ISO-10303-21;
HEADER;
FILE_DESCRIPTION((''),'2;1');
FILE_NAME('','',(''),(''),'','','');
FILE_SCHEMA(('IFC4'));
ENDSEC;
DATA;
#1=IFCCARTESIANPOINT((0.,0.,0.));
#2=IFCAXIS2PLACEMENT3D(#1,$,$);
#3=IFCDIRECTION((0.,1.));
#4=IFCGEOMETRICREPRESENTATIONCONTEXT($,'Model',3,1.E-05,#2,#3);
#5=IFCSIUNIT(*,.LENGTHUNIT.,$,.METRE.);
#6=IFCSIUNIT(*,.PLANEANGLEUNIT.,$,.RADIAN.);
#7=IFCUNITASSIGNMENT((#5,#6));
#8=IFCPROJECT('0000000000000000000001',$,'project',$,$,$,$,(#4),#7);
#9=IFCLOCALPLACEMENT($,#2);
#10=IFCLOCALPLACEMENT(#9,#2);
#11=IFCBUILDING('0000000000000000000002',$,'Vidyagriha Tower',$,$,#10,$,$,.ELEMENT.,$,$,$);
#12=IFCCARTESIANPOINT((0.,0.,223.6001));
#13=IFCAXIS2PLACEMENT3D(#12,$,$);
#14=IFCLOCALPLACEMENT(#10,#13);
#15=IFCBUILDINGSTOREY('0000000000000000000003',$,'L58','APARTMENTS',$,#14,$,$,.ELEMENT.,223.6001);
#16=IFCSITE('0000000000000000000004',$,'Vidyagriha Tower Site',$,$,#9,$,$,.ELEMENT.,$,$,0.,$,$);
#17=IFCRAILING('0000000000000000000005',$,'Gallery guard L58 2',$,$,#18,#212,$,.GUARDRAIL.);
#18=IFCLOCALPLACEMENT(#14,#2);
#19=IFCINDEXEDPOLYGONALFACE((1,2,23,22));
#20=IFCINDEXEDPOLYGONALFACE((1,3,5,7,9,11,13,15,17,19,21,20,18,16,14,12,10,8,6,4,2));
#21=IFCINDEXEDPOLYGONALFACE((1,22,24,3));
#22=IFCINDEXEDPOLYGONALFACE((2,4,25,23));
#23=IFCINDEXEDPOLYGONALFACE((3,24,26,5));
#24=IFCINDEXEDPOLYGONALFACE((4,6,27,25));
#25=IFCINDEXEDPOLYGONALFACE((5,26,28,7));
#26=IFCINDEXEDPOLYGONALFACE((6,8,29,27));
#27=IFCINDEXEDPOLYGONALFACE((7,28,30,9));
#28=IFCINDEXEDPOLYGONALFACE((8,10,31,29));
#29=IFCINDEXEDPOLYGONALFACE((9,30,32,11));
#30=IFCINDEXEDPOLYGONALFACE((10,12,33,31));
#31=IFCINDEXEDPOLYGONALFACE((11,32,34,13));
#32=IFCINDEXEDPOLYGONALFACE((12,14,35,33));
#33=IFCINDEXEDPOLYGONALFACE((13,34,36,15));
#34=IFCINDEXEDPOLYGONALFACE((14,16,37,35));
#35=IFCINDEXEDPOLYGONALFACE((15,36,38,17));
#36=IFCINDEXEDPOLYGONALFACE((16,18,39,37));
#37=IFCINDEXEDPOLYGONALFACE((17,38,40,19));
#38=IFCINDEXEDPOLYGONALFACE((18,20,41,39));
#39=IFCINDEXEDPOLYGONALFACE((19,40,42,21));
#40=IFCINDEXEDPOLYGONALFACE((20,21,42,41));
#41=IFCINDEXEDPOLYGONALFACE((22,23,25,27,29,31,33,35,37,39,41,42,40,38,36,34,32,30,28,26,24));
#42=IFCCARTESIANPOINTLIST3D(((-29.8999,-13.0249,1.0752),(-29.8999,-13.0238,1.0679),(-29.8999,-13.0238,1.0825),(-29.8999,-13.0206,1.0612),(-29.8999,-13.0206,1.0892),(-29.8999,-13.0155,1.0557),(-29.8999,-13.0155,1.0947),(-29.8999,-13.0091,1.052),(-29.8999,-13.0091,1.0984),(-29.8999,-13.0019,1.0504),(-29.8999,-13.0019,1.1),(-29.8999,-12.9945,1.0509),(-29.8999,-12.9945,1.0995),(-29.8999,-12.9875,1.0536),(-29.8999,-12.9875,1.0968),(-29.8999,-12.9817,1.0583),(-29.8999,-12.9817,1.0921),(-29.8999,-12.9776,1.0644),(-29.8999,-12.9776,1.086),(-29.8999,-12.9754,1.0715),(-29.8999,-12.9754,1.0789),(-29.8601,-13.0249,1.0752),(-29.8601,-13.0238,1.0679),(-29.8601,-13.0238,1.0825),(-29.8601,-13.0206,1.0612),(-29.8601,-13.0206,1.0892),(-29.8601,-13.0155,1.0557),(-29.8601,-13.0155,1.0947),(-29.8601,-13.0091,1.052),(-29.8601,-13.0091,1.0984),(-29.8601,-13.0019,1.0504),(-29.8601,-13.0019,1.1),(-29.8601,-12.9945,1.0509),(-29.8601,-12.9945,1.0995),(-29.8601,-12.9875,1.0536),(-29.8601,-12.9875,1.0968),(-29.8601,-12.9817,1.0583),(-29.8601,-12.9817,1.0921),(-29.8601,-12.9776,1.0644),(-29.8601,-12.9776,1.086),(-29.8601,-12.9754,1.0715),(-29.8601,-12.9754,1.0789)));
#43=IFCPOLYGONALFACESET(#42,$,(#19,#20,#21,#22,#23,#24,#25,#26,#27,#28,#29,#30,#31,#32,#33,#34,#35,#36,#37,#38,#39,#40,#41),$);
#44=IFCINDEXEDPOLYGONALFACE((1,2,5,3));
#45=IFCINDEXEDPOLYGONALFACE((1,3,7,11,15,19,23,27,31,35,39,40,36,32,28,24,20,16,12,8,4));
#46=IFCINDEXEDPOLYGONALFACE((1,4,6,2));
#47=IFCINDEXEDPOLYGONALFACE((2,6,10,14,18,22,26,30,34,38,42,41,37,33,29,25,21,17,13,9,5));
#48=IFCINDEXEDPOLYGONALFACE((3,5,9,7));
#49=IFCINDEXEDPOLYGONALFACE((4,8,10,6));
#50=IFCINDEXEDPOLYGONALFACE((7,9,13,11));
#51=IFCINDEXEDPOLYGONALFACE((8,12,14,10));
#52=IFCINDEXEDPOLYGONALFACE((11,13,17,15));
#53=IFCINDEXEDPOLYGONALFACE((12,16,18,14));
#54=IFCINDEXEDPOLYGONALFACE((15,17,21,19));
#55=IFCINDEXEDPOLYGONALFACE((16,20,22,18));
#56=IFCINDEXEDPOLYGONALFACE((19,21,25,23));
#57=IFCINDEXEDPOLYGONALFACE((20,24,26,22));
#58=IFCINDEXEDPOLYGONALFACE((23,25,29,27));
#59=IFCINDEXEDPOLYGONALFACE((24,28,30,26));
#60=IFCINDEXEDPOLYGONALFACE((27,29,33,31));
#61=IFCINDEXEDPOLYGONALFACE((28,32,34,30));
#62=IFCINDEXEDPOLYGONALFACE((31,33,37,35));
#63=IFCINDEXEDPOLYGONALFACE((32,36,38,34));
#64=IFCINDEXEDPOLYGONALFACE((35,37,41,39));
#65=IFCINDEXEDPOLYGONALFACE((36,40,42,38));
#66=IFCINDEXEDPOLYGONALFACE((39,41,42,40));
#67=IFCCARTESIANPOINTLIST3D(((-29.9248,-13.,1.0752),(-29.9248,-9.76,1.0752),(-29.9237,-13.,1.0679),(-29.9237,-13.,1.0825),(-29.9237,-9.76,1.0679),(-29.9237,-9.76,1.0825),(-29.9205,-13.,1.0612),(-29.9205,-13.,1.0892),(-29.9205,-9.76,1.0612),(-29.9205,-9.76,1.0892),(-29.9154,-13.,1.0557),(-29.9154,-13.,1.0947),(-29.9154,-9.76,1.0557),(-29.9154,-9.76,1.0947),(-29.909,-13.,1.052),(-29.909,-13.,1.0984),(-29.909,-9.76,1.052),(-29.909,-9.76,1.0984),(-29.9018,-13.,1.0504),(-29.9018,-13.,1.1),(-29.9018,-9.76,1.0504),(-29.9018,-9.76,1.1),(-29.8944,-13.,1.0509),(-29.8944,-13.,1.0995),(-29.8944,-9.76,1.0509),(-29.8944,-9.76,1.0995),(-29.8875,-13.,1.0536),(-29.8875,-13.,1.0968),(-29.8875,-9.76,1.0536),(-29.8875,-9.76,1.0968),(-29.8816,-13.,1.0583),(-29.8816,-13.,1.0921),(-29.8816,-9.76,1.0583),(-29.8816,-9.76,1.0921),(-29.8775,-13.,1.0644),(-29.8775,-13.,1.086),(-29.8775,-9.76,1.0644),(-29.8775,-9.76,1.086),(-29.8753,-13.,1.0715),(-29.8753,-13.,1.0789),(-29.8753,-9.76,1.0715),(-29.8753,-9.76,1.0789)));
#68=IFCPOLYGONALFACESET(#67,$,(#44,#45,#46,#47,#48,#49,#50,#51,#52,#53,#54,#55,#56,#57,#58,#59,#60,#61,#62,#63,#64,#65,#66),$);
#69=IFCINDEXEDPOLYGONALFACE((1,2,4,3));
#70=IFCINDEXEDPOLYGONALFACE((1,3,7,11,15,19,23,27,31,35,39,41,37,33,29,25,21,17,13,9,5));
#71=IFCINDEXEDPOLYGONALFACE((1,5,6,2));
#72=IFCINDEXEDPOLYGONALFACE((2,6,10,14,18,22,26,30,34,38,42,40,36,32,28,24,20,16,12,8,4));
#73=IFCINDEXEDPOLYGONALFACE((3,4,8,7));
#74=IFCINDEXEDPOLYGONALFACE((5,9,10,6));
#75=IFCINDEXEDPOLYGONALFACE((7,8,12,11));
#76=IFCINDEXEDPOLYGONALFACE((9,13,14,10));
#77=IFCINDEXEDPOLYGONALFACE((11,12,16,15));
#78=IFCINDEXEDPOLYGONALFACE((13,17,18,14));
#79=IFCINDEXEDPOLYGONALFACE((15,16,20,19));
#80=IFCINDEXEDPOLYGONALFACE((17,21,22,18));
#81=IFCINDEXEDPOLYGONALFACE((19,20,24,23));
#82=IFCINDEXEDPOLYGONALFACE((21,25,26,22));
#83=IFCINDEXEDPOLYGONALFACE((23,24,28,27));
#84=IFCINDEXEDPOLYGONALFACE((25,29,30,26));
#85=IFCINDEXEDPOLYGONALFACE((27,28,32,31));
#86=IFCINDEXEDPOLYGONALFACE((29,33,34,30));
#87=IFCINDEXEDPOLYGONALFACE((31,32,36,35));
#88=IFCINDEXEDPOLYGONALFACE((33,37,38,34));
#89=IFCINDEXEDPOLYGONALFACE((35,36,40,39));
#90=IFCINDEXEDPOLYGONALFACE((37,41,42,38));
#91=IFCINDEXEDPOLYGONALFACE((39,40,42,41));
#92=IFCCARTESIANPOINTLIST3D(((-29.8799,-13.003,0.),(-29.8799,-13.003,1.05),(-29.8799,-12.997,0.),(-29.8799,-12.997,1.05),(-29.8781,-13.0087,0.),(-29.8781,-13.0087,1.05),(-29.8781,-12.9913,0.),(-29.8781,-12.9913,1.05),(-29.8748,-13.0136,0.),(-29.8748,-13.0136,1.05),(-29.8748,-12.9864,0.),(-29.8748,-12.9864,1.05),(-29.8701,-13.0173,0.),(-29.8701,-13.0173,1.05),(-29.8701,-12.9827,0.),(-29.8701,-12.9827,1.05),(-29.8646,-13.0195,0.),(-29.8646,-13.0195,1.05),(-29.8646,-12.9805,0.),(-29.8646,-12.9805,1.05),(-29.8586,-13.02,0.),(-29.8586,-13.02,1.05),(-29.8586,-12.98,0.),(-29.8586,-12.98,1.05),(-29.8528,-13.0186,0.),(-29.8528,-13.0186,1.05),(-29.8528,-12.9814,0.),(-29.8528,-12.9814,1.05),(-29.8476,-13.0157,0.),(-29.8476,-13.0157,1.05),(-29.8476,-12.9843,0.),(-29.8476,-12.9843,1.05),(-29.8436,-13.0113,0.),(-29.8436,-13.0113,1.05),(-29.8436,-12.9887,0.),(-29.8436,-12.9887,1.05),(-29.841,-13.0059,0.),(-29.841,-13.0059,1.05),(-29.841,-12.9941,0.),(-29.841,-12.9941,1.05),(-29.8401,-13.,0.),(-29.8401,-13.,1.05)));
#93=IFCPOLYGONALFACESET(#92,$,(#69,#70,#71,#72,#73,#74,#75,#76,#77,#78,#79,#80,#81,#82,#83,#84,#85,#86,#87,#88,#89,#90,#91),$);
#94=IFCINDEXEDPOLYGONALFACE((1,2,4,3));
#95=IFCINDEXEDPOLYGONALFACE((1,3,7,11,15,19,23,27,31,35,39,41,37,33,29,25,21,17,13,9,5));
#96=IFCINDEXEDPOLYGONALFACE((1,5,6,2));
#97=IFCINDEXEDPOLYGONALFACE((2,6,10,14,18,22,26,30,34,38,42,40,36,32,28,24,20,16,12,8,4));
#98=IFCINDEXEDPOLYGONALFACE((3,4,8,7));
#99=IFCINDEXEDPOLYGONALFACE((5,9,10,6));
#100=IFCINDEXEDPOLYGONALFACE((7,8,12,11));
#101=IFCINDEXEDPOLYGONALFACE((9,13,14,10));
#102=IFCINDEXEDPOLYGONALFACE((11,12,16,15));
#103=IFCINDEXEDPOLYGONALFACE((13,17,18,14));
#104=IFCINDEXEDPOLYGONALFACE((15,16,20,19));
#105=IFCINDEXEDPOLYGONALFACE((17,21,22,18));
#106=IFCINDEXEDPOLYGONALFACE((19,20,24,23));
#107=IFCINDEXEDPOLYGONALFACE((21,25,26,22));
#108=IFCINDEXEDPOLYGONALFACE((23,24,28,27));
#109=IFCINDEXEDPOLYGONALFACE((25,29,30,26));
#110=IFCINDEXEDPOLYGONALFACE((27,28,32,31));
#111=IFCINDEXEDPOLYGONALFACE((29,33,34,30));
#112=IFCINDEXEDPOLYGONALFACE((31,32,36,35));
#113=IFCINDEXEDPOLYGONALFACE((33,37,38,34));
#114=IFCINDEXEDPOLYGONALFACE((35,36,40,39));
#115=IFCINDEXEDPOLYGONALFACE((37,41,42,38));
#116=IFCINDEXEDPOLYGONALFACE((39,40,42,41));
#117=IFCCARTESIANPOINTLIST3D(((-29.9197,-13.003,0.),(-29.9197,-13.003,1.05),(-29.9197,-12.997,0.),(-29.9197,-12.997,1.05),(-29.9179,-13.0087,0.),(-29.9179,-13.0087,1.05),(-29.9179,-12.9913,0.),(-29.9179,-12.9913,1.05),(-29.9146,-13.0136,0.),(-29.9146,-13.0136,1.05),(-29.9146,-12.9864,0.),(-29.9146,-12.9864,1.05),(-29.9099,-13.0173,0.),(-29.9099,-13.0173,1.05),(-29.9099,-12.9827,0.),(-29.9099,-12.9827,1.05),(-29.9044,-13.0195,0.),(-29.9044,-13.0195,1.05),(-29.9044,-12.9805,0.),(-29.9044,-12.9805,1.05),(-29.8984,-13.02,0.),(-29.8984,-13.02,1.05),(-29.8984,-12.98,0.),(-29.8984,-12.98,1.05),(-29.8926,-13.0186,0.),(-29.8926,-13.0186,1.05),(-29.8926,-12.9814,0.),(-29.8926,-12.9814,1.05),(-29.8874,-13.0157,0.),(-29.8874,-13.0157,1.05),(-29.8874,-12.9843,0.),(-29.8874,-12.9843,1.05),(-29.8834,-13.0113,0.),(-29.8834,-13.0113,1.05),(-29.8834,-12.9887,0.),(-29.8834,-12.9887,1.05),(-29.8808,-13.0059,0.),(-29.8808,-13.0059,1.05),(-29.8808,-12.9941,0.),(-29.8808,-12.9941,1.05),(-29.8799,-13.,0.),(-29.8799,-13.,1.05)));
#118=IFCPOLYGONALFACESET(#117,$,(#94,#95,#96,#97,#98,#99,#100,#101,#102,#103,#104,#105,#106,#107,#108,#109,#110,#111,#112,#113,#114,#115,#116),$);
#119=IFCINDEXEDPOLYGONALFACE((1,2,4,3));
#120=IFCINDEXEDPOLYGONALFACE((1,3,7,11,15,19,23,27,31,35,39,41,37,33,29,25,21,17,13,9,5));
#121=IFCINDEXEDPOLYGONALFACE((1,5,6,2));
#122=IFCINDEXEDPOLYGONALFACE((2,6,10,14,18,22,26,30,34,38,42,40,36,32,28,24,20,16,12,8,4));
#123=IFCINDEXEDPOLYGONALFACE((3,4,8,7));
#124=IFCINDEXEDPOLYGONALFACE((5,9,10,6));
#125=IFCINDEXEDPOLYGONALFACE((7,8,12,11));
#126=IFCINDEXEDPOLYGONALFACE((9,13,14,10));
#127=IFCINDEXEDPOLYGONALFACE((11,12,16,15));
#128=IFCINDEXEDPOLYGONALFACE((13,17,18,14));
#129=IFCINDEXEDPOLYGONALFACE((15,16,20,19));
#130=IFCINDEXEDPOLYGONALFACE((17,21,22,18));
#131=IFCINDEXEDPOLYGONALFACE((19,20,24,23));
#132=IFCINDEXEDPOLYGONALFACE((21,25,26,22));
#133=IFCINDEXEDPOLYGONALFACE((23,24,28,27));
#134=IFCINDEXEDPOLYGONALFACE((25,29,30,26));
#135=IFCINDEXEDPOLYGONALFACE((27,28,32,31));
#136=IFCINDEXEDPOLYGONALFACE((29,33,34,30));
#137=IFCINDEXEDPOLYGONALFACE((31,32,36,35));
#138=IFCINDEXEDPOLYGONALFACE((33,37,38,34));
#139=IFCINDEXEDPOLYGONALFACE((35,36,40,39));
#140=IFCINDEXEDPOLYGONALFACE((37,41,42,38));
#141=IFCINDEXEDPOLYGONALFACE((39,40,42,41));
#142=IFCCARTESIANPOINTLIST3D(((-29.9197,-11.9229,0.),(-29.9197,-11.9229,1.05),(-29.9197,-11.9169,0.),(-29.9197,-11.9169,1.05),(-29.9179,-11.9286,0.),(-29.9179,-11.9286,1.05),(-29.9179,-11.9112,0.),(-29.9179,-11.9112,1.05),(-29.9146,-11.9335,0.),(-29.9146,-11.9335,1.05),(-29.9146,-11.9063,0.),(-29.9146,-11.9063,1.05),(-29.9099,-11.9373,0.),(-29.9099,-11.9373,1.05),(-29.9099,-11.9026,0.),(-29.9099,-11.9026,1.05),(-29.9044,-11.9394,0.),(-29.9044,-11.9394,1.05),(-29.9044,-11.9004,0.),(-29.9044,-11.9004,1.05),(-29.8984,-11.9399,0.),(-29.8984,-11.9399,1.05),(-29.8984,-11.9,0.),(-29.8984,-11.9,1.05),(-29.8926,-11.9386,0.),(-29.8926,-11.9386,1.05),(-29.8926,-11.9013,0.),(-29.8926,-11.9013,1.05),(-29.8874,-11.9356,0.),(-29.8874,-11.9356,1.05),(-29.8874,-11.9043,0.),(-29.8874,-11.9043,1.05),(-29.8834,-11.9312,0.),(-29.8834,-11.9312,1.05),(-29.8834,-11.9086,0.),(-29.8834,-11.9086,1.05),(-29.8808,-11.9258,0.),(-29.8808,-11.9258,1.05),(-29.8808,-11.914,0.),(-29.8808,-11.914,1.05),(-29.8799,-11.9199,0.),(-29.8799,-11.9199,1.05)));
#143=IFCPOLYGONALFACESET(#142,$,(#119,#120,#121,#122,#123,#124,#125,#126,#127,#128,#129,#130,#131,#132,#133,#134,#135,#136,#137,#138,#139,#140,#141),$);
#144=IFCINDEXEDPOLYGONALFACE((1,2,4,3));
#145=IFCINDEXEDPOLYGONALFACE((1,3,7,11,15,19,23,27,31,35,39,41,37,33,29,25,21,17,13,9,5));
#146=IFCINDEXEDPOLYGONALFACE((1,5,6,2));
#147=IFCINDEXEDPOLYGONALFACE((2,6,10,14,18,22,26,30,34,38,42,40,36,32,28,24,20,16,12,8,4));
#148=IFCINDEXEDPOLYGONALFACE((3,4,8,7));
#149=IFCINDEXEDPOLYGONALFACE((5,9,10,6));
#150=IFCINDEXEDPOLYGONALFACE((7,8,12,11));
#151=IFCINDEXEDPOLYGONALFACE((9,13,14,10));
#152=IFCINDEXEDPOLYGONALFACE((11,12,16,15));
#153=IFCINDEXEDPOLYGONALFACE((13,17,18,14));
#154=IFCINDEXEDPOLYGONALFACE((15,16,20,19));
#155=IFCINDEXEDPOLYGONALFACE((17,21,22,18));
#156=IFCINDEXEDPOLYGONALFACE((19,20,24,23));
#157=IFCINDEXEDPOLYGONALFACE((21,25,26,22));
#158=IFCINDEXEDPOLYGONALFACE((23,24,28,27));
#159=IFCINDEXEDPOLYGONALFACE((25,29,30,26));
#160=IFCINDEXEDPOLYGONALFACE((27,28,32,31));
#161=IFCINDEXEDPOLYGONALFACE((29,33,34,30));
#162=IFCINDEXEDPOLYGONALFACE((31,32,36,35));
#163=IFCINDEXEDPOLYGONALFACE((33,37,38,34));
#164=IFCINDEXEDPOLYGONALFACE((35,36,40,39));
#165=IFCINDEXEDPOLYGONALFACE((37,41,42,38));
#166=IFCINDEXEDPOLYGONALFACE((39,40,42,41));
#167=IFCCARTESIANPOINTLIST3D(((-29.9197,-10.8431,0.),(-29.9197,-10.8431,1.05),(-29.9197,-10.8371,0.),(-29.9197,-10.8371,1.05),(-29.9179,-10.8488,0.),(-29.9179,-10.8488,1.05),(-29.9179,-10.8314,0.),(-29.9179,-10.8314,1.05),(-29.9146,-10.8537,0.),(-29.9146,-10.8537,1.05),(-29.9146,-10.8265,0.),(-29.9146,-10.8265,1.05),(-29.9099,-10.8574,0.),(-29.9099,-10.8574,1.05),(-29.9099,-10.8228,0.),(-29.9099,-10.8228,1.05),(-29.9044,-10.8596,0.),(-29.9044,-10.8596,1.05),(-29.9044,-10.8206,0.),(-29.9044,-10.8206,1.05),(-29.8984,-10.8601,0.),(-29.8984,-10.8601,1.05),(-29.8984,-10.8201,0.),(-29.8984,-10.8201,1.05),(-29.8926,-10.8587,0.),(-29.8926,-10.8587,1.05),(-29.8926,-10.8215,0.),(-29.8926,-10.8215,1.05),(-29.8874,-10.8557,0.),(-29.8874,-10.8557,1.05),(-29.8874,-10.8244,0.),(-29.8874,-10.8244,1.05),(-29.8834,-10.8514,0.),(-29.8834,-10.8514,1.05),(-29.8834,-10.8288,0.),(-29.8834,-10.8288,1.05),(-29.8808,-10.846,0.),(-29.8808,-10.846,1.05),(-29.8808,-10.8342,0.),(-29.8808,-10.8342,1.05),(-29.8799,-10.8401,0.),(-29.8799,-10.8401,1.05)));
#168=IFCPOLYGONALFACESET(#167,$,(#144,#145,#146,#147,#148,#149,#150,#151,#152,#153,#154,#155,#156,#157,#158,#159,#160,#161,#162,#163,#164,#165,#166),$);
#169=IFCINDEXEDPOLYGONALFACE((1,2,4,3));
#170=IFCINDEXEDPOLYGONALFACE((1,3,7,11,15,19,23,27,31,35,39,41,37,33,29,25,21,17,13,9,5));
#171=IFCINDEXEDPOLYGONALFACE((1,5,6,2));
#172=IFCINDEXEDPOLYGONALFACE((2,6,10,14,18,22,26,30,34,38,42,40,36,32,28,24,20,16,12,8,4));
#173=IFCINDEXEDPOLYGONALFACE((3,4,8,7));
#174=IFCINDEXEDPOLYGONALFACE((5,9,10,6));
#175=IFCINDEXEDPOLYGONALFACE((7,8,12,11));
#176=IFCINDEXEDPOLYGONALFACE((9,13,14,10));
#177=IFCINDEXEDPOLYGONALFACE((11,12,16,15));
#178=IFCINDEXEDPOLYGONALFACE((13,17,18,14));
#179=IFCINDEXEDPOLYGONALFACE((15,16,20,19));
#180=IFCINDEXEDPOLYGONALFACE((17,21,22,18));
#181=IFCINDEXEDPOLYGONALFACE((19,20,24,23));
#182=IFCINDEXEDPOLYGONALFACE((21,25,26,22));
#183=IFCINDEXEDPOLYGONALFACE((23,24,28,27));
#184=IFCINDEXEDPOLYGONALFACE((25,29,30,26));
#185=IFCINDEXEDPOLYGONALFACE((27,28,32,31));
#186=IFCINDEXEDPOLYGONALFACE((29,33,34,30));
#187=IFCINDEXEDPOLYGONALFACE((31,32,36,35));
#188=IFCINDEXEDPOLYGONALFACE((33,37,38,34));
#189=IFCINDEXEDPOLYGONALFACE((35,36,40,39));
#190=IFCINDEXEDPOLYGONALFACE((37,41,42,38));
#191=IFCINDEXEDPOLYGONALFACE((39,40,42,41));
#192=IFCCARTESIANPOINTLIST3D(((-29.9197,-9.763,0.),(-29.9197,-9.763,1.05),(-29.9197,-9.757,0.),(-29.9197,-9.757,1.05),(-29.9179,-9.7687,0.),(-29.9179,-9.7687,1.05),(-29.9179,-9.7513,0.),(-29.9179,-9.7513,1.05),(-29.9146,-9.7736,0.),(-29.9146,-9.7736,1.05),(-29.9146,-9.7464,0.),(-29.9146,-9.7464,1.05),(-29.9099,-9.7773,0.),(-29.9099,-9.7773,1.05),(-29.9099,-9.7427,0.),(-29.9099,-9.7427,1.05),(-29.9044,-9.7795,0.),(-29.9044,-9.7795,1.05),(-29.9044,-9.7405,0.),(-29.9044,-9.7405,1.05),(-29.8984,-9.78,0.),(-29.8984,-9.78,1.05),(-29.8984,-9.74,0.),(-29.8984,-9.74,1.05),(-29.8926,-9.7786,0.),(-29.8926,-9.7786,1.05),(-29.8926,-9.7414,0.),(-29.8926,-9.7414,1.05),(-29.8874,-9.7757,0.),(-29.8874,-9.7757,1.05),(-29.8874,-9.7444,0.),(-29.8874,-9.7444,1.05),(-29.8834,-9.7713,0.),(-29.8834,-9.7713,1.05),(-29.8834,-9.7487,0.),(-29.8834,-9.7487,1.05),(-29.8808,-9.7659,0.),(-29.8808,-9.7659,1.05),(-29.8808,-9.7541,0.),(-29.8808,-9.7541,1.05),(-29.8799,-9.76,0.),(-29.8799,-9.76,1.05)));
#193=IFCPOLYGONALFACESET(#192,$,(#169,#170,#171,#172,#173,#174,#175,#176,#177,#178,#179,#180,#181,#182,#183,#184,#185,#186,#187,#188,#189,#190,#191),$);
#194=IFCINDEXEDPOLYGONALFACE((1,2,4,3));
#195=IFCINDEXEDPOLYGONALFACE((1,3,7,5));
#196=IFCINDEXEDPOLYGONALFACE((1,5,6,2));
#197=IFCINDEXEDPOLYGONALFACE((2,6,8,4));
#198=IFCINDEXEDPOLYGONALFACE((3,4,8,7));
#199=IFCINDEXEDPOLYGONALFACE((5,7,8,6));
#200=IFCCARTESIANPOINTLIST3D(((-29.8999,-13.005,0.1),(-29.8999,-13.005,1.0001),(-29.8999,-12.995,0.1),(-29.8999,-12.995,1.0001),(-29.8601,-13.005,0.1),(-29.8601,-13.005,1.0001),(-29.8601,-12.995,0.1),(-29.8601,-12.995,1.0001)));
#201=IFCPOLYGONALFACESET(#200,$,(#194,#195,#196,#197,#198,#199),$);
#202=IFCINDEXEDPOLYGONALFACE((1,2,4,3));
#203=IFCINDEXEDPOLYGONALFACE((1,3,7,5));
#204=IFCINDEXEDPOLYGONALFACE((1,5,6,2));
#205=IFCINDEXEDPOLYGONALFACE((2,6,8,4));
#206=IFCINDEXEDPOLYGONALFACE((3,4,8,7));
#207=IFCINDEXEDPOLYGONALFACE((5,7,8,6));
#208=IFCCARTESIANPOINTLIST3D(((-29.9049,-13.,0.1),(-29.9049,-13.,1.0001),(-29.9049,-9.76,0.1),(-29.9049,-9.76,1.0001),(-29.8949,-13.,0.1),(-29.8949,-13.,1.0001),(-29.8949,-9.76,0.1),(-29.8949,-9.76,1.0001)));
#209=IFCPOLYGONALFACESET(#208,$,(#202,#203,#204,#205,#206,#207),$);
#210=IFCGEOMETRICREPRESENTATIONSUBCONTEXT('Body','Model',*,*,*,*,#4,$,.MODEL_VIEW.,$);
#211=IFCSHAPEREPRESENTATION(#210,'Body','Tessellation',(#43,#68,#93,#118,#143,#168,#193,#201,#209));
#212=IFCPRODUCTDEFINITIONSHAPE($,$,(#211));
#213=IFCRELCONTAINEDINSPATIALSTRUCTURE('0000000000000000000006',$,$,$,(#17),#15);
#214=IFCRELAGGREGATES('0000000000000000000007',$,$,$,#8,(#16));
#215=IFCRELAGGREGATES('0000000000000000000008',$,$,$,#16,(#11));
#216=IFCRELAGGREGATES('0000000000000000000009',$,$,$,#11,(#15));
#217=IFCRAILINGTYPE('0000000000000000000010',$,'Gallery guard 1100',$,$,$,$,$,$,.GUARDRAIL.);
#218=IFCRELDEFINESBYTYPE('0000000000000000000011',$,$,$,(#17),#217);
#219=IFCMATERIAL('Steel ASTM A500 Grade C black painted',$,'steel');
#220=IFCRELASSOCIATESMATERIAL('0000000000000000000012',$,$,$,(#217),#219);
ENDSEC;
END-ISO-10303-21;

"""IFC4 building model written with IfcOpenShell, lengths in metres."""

from ifc_helpers import new_model, si_unit, direction, frame, origin, origin_2d, place, context, subcontext, project, spatial, rectangle, circle, extrude, material, type_object, element, save


model = new_model("IFC4")

# Units and contexts
model_context = context("Model", 3, precision=1e-05, world=origin(), true_north=direction((0.0, 1.0)))
body_context = subcontext(model_context, "Body", "Model", "MODEL_VIEW")
ifc_project = project(units=[si_unit("LENGTHUNIT", "METRE"), si_unit("PLANEANGLEUNIT", "RADIAN")], contexts=[model_context])

# Site, building, storey
site_placement = place(None, origin())
site = spatial("IfcSite", under=ifc_project, at=site_placement, Name="Vidyagriha Tower Site", CompositionType="ELEMENT", RefElevation=0.0)
building_placement = place(site_placement, origin())
building = spatial("IfcBuilding", under=site, at=building_placement, Name="Vidyagriha Tower", CompositionType="ELEMENT")
storey_placement = place(building_placement, frame((0.0, 0.0, 223.6001)))
storey = spatial("IfcBuildingStorey", under=building, at=storey_placement, Name="L58", Description="APARTMENTS", CompositionType="ELEMENT", Elevation=223.6001)

# Railing
ifc_material_1 = material(Name="Steel ASTM A500 Grade C black painted", Category="steel")
railing_type_1 = type_object("IfcRailingType", Name="Gallery guard 1100", PredefinedType="GUARDRAIL", material=ifc_material_1)
railing_1_placement = place(storey_placement, frame((-29.8601, -13.0, 0.0)))
element("IfcRailing", 1, at=railing_1_placement, inside=storey, type_object=railing_type_1, Name="Gallery guard L58 2", PredefinedType="GUARDRAIL", context=body_context, shape_type="SweptSolid", body=[
    extrude(circle(Radius=0.0249, at=origin_2d()), frame((0.0, 0.0, 1.0752), z_axis=(-1.0, 0.0, 0.0), x_axis=(0.0, -1.0, 0.0)), (0.0, 0.0, 1.0), 0.0398),
    extrude(circle(Radius=0.0249, at=origin_2d()), frame((-0.0398, 0.0, 1.0752), z_axis=(0.0, 1.0, 0.0), x_axis=(-1.0, 0.0, 0.0)), (0.0, 0.0, 1.0), 3.24),
    extrude(circle(Radius=0.02, at=origin_2d()), origin(), (0.0, 0.0, 1.0), 1.05),
    extrude(circle(Radius=0.02, at=origin_2d()), frame((-0.0398, 0.0, 0.0)), (0.0, 0.0, 1.0), 1.05),
    extrude(circle(Radius=0.02, at=origin_2d()), frame((-0.0398, 1.0801, 0.0)), (0.0, 0.0, 1.0), 1.05),
    extrude(circle(Radius=0.02, at=origin_2d()), frame((-0.0398, 2.1599, 0.0)), (0.0, 0.0, 1.0), 1.05),
    extrude(circle(Radius=0.02, at=origin_2d()), frame((-0.0398, 3.24, 0.0)), (0.0, 0.0, 1.0), 1.05),
    extrude(rectangle(XDim=0.01, YDim=0.9001, at=origin_2d()), frame((0.0, 0.0, 0.55), z_axis=(-1.0, 0.0, 0.0), x_axis=(0.0, -1.0, 0.0)), (0.0, 0.0, 1.0), 0.0398),
    extrude(rectangle(XDim=0.01, YDim=0.9001, at=origin_2d()), frame((-0.0398, 0.0, 0.55), z_axis=(0.0, 1.0, 0.0), x_axis=(-1.0, 0.0, 0.0)), (0.0, 0.0, 1.0), 3.24),
])

save(model, "model.ifc")
